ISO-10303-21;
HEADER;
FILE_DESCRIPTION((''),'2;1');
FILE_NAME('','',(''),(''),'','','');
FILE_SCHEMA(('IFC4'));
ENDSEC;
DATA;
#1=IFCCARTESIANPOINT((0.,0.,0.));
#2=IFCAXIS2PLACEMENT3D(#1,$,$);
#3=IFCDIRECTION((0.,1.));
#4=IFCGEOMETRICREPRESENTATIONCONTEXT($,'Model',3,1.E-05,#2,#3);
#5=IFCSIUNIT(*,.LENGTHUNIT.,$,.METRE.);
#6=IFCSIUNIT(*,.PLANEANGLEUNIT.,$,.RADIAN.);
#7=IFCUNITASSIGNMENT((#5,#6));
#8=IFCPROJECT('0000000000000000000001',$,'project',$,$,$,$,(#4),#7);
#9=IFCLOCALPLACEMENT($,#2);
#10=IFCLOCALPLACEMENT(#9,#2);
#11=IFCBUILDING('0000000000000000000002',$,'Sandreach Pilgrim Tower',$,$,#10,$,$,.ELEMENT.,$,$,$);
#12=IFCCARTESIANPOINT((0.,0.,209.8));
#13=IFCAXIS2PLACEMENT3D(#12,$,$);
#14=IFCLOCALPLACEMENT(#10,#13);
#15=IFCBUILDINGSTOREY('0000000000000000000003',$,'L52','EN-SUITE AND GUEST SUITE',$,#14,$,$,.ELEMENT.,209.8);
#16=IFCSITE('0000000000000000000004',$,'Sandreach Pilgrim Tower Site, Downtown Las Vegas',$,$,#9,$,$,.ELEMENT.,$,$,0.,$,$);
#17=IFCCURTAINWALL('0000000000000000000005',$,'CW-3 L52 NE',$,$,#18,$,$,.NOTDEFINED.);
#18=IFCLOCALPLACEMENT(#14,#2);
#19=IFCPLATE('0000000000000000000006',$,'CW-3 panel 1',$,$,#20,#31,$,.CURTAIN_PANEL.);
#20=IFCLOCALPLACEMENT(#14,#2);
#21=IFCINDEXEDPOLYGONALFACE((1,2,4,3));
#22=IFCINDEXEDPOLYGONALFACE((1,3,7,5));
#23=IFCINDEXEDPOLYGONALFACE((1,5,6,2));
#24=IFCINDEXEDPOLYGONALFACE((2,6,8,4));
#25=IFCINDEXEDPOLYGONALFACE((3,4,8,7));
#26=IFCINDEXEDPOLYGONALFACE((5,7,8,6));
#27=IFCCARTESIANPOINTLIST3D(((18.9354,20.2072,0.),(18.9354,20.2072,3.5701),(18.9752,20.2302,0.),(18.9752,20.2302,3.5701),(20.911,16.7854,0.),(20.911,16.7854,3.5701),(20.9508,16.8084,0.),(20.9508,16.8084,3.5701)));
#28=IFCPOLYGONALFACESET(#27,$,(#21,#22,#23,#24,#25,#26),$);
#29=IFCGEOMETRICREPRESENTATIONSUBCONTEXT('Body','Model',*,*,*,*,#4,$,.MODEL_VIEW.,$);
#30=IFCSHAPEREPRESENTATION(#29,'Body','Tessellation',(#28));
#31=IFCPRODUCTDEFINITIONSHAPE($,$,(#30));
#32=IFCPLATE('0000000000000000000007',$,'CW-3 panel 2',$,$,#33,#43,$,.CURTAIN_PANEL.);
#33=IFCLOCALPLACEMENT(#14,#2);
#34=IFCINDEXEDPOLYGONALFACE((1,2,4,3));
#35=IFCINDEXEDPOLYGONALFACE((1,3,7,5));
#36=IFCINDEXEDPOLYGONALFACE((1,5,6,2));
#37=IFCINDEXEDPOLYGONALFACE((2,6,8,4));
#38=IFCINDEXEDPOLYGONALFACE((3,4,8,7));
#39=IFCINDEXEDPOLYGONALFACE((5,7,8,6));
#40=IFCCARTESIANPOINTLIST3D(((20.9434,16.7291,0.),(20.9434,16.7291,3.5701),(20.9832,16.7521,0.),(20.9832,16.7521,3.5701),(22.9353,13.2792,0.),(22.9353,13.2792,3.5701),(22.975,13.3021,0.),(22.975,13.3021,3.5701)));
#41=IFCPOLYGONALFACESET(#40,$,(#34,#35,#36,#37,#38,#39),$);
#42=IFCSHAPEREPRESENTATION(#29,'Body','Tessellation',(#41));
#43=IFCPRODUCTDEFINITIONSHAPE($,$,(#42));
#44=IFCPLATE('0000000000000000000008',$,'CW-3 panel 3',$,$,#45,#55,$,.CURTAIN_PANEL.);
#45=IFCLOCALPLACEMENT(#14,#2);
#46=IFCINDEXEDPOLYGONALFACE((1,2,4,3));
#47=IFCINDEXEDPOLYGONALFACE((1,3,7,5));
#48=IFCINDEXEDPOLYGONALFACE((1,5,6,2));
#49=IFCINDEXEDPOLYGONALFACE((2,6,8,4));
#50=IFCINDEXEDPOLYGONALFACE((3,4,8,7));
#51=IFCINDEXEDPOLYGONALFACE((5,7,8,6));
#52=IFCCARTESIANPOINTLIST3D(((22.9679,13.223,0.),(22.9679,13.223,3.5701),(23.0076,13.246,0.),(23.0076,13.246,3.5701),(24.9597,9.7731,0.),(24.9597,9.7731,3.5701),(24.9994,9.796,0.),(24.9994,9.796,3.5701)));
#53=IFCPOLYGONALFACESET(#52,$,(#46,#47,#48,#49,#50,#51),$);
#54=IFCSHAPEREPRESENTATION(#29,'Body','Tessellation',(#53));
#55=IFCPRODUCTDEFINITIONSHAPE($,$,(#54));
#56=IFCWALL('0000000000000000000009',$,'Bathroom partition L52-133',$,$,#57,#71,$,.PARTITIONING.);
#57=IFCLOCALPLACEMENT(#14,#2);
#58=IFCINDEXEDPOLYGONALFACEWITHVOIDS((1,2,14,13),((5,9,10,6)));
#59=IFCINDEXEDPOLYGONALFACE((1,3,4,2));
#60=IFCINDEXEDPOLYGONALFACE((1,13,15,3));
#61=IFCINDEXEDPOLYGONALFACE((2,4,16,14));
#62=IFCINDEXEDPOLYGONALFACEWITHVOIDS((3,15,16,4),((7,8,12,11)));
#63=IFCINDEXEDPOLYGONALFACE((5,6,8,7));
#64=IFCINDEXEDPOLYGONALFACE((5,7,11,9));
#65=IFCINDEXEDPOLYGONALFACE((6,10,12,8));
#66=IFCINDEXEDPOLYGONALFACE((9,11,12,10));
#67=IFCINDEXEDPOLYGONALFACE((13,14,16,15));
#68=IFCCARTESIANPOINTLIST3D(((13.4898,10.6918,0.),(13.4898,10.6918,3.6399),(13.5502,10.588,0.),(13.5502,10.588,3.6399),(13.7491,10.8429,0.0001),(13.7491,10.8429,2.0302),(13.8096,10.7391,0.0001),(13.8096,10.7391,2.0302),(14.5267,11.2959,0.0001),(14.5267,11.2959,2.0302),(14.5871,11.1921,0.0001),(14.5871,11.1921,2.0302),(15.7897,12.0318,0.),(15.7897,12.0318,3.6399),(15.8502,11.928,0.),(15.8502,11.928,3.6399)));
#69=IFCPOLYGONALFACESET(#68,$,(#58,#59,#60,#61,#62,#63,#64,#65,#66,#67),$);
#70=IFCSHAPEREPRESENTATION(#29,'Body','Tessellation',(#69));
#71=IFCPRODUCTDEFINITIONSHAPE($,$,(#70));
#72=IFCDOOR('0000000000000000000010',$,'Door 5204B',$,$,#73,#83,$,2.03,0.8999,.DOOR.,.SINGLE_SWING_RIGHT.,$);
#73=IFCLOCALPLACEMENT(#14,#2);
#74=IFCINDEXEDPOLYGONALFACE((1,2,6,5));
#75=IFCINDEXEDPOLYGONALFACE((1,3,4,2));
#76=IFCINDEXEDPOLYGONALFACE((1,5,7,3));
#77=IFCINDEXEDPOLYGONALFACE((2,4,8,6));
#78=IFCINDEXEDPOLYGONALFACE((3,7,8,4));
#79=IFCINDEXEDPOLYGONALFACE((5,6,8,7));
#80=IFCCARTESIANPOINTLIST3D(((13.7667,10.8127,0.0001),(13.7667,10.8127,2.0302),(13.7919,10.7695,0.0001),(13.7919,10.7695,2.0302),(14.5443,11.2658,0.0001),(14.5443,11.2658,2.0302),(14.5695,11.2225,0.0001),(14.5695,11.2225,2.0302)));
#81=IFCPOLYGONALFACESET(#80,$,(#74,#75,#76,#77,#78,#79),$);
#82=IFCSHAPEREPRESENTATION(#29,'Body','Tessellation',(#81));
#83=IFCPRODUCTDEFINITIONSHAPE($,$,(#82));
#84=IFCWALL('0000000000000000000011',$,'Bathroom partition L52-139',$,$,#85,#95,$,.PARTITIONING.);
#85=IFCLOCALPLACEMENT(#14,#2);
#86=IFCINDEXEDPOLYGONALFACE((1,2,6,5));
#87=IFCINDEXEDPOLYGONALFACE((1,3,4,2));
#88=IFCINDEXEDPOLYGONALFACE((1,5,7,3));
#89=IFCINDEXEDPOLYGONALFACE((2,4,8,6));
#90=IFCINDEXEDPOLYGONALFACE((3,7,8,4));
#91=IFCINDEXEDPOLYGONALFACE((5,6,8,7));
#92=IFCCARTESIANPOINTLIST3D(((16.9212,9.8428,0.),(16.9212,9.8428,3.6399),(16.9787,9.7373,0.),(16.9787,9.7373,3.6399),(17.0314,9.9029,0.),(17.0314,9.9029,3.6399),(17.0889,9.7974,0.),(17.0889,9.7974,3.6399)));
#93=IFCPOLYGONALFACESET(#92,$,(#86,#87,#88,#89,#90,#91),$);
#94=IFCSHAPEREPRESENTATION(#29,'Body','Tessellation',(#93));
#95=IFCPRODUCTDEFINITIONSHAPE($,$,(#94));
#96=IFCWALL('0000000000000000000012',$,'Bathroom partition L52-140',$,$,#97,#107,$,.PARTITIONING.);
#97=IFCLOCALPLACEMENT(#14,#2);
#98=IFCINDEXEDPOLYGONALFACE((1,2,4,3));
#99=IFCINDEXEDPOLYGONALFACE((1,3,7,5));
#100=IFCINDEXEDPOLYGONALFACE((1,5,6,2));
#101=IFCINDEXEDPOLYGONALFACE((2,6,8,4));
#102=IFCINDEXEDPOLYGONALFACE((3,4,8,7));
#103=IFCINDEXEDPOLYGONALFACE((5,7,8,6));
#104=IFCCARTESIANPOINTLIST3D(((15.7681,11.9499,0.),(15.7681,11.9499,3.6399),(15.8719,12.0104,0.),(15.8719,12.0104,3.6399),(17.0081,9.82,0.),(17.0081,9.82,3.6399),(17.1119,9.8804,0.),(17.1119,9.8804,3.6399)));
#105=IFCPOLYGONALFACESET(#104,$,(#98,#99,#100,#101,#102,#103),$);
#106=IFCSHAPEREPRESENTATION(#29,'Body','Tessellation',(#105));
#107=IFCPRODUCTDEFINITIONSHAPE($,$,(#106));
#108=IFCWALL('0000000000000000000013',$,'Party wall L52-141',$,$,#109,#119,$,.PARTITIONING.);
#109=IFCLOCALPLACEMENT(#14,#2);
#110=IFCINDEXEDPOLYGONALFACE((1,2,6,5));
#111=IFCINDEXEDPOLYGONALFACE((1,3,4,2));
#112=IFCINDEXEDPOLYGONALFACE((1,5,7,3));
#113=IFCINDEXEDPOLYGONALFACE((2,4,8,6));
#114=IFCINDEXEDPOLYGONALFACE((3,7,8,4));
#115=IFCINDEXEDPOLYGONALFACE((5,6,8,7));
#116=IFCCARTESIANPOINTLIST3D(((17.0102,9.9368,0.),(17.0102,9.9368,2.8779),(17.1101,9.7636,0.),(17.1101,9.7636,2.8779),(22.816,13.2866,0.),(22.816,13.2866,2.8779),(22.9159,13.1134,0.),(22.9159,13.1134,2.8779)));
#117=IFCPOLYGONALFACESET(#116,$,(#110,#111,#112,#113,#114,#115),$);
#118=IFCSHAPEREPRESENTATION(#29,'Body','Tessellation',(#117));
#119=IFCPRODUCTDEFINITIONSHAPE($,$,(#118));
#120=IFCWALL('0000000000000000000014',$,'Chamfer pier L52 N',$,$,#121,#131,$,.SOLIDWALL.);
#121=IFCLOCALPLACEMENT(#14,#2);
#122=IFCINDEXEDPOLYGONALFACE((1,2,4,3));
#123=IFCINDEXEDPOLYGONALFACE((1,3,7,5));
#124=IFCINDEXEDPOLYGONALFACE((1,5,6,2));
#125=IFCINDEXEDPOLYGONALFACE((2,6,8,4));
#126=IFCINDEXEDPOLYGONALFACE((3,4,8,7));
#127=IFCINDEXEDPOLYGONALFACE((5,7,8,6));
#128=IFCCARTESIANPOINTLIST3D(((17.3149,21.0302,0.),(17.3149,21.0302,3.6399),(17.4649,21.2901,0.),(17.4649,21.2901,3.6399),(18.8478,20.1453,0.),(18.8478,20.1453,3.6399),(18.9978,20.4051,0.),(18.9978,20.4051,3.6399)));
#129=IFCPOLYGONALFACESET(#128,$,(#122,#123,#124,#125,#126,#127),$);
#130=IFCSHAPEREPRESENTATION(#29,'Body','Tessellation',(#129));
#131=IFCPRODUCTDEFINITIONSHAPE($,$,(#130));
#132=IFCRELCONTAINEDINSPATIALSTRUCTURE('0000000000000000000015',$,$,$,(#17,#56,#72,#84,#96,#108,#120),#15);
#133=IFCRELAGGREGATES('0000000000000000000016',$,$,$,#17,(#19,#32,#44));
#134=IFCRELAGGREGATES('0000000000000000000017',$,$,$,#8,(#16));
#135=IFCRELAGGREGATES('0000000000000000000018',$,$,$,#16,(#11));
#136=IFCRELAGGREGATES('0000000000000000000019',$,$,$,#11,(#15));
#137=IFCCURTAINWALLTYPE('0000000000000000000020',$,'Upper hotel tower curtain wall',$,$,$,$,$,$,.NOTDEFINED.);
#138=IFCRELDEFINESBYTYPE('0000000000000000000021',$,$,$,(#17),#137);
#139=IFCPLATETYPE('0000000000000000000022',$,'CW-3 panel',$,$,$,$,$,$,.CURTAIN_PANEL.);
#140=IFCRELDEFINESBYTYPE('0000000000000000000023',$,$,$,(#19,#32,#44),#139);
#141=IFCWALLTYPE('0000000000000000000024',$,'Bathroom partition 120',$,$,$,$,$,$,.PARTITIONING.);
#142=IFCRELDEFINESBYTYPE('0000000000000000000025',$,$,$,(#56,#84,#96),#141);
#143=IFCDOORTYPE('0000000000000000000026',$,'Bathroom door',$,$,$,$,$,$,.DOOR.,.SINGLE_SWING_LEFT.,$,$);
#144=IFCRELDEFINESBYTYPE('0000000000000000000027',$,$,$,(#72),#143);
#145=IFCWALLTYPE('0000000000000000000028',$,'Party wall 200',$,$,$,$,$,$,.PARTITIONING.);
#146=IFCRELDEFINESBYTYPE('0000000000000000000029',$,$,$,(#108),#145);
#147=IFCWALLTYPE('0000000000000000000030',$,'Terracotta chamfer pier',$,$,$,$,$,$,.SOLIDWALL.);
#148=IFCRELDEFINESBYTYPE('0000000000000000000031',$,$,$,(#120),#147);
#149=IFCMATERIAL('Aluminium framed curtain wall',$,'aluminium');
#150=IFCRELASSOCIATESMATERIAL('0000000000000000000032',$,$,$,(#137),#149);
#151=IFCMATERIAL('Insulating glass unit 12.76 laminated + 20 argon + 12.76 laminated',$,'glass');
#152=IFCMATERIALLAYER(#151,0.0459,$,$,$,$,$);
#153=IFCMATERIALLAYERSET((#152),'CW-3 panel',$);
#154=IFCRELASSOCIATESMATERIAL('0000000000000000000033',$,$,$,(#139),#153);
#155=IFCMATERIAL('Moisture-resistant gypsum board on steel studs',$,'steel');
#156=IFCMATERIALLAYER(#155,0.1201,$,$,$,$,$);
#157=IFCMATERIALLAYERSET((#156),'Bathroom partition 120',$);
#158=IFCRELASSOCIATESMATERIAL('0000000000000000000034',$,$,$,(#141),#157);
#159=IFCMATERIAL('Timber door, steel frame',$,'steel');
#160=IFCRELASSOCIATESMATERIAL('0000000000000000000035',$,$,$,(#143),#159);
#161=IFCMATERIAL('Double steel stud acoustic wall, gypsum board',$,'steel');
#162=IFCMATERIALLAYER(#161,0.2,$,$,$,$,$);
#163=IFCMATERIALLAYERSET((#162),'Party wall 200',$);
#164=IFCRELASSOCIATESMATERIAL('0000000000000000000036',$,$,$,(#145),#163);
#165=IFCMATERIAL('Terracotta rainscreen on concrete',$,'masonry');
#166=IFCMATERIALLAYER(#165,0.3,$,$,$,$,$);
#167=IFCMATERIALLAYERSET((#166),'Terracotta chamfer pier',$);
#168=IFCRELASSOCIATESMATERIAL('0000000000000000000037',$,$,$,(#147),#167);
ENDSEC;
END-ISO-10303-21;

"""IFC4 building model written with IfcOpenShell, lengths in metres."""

from ifc_helpers import new_model, si_unit, direction, frame, frame_2d, origin, origin_2d, place, context, subcontext, project, spatial, rectangle, extrude, material, layer, layer_set, type_object, element, fill, aggregate, save


model = new_model("IFC4")

# Units and contexts
model_context = context("Model", 3, precision=1e-05, world=origin(), true_north=direction((0.0, 1.0)))
body_context = subcontext(model_context, "Body", "Model", "MODEL_VIEW")
ifc_project = project(units=[si_unit("LENGTHUNIT", "METRE"), si_unit("PLANEANGLEUNIT", "RADIAN")], contexts=[model_context])

# Site, building, storey
site_placement = place(None, origin())
site = spatial("IfcSite", under=ifc_project, at=site_placement, Name="Sandreach Pilgrim Tower Site, Downtown Las Vegas", CompositionType="ELEMENT", RefElevation=0.0)
building_placement = place(site_placement, origin())
building = spatial("IfcBuilding", under=site, at=building_placement, Name="Sandreach Pilgrim Tower", CompositionType="ELEMENT")
storey_placement = place(building_placement, frame((0.0, 0.0, 209.8)))
storey = spatial("IfcBuildingStorey", under=building, at=storey_placement, Name="L52", Description="EN-SUITE AND GUEST SUITE", CompositionType="ELEMENT", Elevation=209.8)

# Shared definitions
ifc_material_1 = material(Name="Aluminium framed curtain wall", Category="aluminium")
curtain_wall_type = type_object("IfcCurtainWallType", Name="Upper hotel tower curtain wall", PredefinedType="NOTDEFINED", material=ifc_material_1)

# Curtain wall
curtain_wall_1_placement = place(storey_placement, origin())
curtain_wall_1 = element("IfcCurtainWall", 1, at=curtain_wall_1_placement, inside=storey, type_object=curtain_wall_type, Name="CW-3 L52 NE", PredefinedType="NOTDEFINED")

# Plates
ifc_material_2 = material(Name="Insulating glass unit 12.76 laminated + 20 argon + 12.76 laminated", Category="glass")
ifc_layer_1 = layer(ifc_material_2, 0.0459)
ifc_layer_set_1 = layer_set([ifc_layer_1], Name="CW-3 panel")
plate_type = type_object("IfcPlateType", Name="CW-3 panel", PredefinedType="CURTAIN_PANEL", material=ifc_layer_set_1)
plate_1_placement = place(storey_placement, frame((19.9431, 18.5078, 0.0), z_axis=(0.0, 0.0, 1.0), x_axis=(0.5, -0.866025, 0.0)))
plate_1 = element("IfcPlate", 2, at=plate_1_placement, type_object=plate_type, Name="CW-3 panel 1", PredefinedType="CURTAIN_PANEL", context=body_context, shape_type="SweptSolid", body=[
    extrude(rectangle(XDim=3.9512, YDim=0.0459, at=origin_2d()), origin(), (0.0, 0.0, 1.0), 3.5701),
])
plate_2_placement = place(storey_placement, frame((21.9592, 15.0156, 0.0), z_axis=(0.0, 0.0, 1.0), x_axis=(0.5, -0.866025, 0.0)))
plate_2 = element("IfcPlate", 3, at=plate_2_placement, type_object=plate_type, Name="CW-3 panel 2", PredefinedType="CURTAIN_PANEL", context=body_context, shape_type="SweptSolid", body=[
    extrude(rectangle(XDim=3.9836, YDim=0.0459, at=origin_2d()), origin(), (0.0, 0.0, 1.0), 3.5701),
])
plate_3_placement = place(storey_placement, frame((23.9836, 11.5095, 0.0), z_axis=(0.0, 0.0, 1.0), x_axis=(0.5, -0.866025, 0.0)))
plate_3 = element("IfcPlate", 4, at=plate_3_placement, type_object=plate_type, Name="CW-3 panel 3", PredefinedType="CURTAIN_PANEL", context=body_context, shape_type="SweptSolid", body=[
    extrude(rectangle(XDim=3.9836, YDim=0.0459, at=origin_2d()), origin(), (0.0, 0.0, 1.0), 3.5701),
])
aggregate(curtain_wall_1, [plate_1, plate_2, plate_3])

# Wall, opening, door
ifc_material_3 = material(Name="Moisture-resistant gypsum board on steel studs", Category="steel")
ifc_layer_2 = layer(ifc_material_3, 0.1201)
ifc_layer_set_2 = layer_set([ifc_layer_2], Name="Bathroom partition 120")
wall_type_1 = type_object("IfcWallType", Name="Bathroom partition 120", PredefinedType="PARTITIONING", material=ifc_layer_set_2)
wall_1_placement = place(storey_placement, frame((15.8201, 11.98, 0.0), z_axis=(0.0, 0.0, 1.0), x_axis=(-0.864042, -0.50342, 0.0)))
wall_1 = element("IfcWall", 5, at=wall_1_placement, inside=storey, type_object=wall_type_1, Name="Bathroom partition L52-133", PredefinedType="PARTITIONING", context=body_context, shape_type="SweptSolid", body=[
    extrude(rectangle(XDim=2.6619, YDim=0.1201, at=frame_2d((1.3311, 0.0))), origin(), (0.0, 0.0, 1.0), 3.6399),
])
opening_placement = place(wall_1_placement, frame((1.4619, 0.0, 0.0)))
opening = element("IfcOpeningElement", 6, at=opening_placement, cuts=wall_1, PredefinedType="OPENING", context=body_context, shape_type="SweptSolid", body=[
    extrude(rectangle(XDim=0.8999, YDim=2.03, at=frame_2d((0.45, 1.0151))), frame((0.0, 0.0601, 0.0), z_axis=(0.0, -1.0, 0.0), x_axis=(1.0, 0.0, 0.0)), (0.0, 0.0, 1.0), 0.1201),
])
ifc_material_4 = material(Name="Timber door, steel frame", Category="steel")
door_type = type_object("IfcDoorType", Name="Bathroom door", OperationType="SINGLE_SWING_LEFT", PredefinedType="DOOR", material=ifc_material_4)
door_placement = place(opening_placement, origin())
door = element("IfcDoor", 7, at=door_placement, inside=storey, type_object=door_type, Name="Door 5204B", OperationType="SINGLE_SWING_RIGHT", OverallHeight=2.03, OverallWidth=0.8999, PredefinedType="DOOR", context=body_context, shape_type="SweptSolid", body=[
    extrude(rectangle(XDim=0.8999, YDim=2.03, at=frame_2d((0.45, 1.0151))), frame((0.0, 0.0249, 0.0), z_axis=(0.0, -1.0, 0.0), x_axis=(1.0, 0.0, 0.0)), (0.0, 0.0, 1.0), 0.05),
])
fill(opening, door)

# Walls
wall_2_placement = place(storey_placement, frame((16.95, 9.79, 0.0), z_axis=(0.0, 0.0, 1.0), x_axis=(0.877896, 0.478852, 0.0)))
element("IfcWall", 8, at=wall_2_placement, inside=storey, type_object=wall_type_1, Name="Bathroom partition L52-139", PredefinedType="PARTITIONING", context=body_context, shape_type="SweptSolid", body=[
    extrude(rectangle(XDim=0.1255, YDim=0.1201, at=frame_2d((0.0627, 0.0))), origin(), (0.0, 0.0, 1.0), 3.6399),
])
wall_3_placement = place(storey_placement, frame((17.0601, 9.8501, 0.0), z_axis=(0.0, 0.0, 1.0), x_axis=(-0.503132, 0.86421, 0.0)))
element("IfcWall", 9, at=wall_3_placement, inside=storey, type_object=wall_type_1, Name="Bathroom partition L52-140", PredefinedType="PARTITIONING", context=body_context, shape_type="SweptSolid", body=[
    extrude(rectangle(XDim=2.4646, YDim=0.1201, at=frame_2d((1.2324, 0.0))), origin(), (0.0, 0.0, 1.0), 3.6399),
])
ifc_material_5 = material(Name="Double steel stud acoustic wall, gypsum board", Category="steel")
ifc_layer_3 = layer(ifc_material_5, 0.2)
ifc_layer_set_3 = layer_set([ifc_layer_3], Name="Party wall 200")
wall_type_2 = type_object("IfcWallType", Name="Party wall 200", PredefinedType="PARTITIONING", material=ifc_layer_set_3)
wall_4_placement = place(storey_placement, frame((17.0601, 9.8501, 0.0), z_axis=(0.0, 0.0, 1.0), x_axis=(0.866167, 0.499755, 0.0)))
element("IfcWall", 10, at=wall_4_placement, inside=storey, type_object=wall_type_2, Name="Party wall L52-141", PredefinedType="PARTITIONING", context=body_context, shape_type="SweptSolid", body=[
    extrude(rectangle(XDim=6.7029, YDim=0.2, at=frame_2d((3.3516, 0.0))), origin(), (0.0, 0.0, 1.0), 2.8779),
])
ifc_material_6 = material(Name="Terracotta rainscreen on concrete", Category="masonry")
ifc_layer_4 = layer(ifc_material_6, 0.3)
ifc_layer_set_4 = layer_set([ifc_layer_4], Name="Terracotta chamfer pier")
wall_type_3 = type_object("IfcWallType", Name="Terracotta chamfer pier", PredefinedType="SOLIDWALL", material=ifc_layer_set_4)
wall_5_placement = place(storey_placement, frame((17.3899, 21.1602, 0.0), z_axis=(0.0, 0.0, 1.0), x_axis=(0.866036, -0.499981, 0.0)))
element("IfcWall", 11, at=wall_5_placement, inside=storey, type_object=wall_type_3, Name="Chamfer pier L52 N", PredefinedType="SOLIDWALL", context=body_context, shape_type="SweptSolid", body=[
    extrude(rectangle(XDim=1.77, YDim=0.3, at=frame_2d((0.885, 0.0))), origin(), (0.0, 0.0, 1.0), 3.6399),
])

save(model, "model.ifc")
